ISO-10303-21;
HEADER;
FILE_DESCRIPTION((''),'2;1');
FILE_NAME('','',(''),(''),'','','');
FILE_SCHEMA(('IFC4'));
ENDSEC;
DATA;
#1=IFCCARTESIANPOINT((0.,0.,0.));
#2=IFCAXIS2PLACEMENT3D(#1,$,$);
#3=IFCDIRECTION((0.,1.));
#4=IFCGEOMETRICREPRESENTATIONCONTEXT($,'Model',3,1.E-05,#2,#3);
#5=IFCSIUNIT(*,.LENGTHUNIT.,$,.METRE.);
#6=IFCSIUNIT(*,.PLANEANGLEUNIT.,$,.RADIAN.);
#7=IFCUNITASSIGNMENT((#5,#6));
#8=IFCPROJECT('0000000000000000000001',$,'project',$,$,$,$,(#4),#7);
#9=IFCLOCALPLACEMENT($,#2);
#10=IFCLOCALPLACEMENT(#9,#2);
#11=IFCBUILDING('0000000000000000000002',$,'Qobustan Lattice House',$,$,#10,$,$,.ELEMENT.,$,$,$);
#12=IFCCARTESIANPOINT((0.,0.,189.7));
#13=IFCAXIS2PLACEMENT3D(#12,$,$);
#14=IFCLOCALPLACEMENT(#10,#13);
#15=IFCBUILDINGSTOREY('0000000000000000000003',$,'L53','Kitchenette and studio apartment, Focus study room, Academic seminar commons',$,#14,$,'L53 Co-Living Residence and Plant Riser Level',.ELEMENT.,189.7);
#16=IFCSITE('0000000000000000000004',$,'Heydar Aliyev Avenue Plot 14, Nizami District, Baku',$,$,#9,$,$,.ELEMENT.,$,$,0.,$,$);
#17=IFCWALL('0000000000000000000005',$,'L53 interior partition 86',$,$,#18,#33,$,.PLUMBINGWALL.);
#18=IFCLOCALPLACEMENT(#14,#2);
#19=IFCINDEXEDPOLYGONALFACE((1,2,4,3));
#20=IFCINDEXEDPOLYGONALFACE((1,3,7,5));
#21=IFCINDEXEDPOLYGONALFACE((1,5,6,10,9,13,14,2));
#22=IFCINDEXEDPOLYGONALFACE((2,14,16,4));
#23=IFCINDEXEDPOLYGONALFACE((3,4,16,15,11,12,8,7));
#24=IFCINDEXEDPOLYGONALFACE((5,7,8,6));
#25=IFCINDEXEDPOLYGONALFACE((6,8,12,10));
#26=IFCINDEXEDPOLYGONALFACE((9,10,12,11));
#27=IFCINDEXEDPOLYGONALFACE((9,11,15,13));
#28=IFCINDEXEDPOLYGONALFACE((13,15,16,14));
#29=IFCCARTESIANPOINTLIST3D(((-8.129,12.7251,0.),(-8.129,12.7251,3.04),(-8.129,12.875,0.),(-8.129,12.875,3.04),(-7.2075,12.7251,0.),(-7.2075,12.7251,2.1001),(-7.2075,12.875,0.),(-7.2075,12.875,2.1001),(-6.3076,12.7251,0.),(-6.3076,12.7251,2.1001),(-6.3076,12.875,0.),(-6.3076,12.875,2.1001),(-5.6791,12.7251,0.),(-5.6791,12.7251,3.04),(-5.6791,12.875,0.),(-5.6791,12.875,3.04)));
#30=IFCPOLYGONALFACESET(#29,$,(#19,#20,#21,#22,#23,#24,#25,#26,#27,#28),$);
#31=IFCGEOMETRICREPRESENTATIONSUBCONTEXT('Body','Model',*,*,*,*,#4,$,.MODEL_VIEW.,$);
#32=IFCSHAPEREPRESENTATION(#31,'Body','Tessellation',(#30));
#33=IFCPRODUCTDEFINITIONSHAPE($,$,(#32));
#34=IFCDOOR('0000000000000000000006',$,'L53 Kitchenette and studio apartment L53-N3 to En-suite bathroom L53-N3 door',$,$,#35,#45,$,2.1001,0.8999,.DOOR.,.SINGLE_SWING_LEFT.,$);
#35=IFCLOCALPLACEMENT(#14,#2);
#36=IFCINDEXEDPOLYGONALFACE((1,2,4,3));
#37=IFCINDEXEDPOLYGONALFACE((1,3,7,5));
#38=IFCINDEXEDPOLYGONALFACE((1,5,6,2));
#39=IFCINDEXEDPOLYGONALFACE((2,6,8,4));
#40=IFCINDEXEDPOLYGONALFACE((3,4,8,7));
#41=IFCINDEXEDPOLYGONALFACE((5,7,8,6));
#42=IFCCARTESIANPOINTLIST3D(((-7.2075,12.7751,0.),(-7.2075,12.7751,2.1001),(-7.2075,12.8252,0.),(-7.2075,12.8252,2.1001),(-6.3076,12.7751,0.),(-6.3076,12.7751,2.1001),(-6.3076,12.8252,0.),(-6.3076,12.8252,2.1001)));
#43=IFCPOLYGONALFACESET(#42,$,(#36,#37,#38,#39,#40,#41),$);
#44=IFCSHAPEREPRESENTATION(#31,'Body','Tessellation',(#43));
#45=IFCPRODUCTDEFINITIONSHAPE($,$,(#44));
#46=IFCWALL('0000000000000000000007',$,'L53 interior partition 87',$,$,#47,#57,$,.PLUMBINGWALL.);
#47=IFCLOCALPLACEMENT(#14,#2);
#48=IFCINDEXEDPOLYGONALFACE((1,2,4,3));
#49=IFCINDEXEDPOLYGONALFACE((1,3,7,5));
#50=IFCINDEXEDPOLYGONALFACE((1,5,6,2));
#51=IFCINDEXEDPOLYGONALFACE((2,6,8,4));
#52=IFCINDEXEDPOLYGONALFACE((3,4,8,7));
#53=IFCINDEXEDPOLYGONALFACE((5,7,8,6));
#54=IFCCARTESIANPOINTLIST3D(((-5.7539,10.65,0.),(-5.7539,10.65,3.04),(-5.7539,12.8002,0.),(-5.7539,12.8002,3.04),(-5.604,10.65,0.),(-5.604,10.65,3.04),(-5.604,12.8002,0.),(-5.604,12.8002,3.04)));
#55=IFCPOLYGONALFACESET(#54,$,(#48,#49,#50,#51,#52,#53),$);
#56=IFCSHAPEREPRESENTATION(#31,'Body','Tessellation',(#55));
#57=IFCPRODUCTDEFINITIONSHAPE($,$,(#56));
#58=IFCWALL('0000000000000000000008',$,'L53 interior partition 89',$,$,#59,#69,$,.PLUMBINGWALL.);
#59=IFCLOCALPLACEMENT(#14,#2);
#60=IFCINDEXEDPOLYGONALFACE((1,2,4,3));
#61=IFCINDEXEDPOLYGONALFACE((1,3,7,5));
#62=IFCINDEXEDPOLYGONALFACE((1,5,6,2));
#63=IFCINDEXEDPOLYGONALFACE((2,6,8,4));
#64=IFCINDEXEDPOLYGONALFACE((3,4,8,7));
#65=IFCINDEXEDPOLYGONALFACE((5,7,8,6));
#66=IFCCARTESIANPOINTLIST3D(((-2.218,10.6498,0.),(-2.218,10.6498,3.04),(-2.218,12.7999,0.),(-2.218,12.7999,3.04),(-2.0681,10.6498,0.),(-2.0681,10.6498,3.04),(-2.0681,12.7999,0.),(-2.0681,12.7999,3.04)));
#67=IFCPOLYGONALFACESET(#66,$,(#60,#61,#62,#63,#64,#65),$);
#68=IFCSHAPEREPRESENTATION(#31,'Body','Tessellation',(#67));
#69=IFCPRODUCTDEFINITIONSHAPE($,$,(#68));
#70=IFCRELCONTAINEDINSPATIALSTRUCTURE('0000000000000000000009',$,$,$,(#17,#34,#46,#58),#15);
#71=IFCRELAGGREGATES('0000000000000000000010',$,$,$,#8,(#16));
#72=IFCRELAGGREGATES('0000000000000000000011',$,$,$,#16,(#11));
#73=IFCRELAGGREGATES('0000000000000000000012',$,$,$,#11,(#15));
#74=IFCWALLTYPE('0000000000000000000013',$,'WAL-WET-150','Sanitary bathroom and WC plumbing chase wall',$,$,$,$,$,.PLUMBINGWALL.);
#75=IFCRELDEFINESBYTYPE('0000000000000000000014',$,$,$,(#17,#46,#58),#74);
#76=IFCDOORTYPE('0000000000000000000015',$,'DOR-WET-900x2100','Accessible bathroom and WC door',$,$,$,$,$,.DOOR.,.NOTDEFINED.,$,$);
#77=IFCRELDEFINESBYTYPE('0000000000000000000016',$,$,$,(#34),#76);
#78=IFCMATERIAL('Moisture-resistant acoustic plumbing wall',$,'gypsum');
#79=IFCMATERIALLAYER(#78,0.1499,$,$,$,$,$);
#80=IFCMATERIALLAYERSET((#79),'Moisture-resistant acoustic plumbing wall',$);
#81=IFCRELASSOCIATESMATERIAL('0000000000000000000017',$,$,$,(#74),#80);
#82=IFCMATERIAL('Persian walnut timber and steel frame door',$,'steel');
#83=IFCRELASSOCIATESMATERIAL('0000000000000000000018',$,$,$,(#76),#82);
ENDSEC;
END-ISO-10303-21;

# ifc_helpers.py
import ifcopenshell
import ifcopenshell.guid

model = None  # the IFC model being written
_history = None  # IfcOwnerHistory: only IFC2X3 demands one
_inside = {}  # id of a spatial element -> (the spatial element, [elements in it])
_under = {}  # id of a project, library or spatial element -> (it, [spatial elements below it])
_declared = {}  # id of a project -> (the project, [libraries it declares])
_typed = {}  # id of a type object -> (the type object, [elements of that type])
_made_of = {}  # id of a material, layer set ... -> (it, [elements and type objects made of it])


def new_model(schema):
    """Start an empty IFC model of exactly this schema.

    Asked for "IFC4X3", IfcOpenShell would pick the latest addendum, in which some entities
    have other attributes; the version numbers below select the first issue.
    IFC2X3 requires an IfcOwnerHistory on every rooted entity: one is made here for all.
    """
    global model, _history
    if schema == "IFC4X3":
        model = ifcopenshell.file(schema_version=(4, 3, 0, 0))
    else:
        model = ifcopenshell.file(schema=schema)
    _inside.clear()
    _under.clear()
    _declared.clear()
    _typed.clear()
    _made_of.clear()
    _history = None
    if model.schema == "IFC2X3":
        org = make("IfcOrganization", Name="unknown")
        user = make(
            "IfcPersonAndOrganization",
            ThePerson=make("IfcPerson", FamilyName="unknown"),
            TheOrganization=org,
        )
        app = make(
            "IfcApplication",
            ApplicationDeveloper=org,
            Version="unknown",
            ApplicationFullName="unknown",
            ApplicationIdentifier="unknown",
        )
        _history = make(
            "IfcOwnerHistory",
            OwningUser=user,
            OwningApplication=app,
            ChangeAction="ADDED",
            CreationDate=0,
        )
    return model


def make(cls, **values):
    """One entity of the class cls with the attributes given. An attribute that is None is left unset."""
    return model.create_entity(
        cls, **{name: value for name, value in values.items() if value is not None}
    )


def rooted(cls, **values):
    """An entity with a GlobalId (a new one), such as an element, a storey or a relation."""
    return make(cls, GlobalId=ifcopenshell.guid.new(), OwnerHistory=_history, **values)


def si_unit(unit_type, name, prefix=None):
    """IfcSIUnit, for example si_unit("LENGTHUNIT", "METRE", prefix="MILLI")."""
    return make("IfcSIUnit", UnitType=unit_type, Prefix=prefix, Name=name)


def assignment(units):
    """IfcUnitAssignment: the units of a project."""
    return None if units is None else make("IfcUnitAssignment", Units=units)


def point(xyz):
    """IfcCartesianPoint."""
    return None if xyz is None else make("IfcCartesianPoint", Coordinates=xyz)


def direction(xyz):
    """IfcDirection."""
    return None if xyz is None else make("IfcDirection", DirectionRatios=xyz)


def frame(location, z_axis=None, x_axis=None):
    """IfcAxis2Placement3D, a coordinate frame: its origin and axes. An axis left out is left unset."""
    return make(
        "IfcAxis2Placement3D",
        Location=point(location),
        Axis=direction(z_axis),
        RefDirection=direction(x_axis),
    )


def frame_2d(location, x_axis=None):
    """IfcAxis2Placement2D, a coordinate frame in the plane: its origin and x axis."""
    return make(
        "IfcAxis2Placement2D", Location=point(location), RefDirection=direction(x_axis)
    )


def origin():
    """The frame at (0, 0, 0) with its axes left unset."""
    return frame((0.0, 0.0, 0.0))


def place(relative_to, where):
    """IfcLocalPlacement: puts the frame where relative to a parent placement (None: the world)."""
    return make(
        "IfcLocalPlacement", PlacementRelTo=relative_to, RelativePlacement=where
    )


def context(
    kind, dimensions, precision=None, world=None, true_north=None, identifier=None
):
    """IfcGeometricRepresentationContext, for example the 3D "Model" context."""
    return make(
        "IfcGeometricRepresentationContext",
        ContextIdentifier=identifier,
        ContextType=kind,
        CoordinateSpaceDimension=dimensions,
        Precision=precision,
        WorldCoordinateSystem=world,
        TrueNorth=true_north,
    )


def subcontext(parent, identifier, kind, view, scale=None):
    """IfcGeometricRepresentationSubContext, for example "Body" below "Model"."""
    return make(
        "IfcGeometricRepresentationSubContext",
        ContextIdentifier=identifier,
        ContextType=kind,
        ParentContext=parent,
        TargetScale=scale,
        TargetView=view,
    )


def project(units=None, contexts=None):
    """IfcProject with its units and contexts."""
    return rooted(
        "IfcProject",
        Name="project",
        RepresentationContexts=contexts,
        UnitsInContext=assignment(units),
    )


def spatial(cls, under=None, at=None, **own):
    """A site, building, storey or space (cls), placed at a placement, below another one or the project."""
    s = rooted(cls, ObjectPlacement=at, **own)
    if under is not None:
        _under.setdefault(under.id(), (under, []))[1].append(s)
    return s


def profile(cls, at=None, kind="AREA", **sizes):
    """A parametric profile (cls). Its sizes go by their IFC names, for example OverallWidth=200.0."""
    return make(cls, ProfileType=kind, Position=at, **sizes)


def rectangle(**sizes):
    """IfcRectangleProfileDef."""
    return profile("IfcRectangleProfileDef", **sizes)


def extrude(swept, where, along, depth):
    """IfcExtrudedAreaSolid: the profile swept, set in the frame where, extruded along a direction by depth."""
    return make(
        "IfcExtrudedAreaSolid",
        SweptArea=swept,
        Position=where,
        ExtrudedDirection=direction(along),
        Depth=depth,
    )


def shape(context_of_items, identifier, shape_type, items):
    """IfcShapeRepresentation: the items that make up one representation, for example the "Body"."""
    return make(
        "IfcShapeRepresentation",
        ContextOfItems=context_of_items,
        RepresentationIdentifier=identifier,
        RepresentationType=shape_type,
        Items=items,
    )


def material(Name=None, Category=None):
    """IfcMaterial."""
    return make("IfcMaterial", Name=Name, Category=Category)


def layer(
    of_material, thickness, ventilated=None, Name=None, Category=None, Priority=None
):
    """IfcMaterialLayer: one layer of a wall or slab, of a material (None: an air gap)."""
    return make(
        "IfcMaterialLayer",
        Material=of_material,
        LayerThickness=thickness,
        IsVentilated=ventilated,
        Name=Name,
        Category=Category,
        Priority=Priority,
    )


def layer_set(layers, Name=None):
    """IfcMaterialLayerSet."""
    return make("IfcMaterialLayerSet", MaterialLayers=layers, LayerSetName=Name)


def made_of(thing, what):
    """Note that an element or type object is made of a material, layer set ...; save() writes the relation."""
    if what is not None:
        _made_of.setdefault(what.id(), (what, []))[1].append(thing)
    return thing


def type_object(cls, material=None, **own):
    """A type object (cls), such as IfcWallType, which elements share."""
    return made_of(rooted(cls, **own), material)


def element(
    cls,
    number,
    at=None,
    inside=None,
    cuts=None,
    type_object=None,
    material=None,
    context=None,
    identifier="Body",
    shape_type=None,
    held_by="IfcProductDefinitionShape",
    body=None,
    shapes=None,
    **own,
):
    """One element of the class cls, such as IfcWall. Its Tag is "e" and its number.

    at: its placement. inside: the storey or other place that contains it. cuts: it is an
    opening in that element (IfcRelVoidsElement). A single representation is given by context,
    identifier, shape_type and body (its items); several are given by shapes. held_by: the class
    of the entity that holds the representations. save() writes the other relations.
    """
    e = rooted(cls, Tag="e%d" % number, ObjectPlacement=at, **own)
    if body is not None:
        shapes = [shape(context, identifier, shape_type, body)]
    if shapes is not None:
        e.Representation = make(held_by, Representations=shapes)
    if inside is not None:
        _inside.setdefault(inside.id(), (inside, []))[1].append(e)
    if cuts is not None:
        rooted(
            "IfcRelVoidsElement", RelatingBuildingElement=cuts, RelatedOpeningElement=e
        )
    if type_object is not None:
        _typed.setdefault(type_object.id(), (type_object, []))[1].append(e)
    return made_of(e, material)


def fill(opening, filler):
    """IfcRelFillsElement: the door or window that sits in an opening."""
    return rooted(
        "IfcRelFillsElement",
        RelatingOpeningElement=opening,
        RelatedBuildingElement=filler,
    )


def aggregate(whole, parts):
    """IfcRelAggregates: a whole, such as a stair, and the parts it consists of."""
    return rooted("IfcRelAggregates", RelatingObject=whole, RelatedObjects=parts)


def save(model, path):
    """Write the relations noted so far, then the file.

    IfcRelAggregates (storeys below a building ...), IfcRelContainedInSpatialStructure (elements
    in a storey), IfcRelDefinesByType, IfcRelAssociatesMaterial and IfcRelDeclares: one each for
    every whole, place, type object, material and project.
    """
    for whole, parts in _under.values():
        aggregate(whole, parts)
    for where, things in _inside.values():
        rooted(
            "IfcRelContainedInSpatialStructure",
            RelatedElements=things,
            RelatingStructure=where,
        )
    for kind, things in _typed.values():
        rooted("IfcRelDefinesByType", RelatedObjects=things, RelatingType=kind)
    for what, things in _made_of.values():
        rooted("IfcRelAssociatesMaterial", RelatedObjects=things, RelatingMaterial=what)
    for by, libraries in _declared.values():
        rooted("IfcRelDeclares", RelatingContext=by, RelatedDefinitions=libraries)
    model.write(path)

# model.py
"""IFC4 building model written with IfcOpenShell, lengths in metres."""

from ifc_helpers import new_model, si_unit, direction, frame, frame_2d, origin, place, context, subcontext, project, spatial, rectangle, extrude, material, layer, layer_set, type_object, element, fill, save


model = new_model("IFC4")

# Units and contexts
model_context = context("Model", 3, precision=1e-05, world=origin(), true_north=direction((0.0, 1.0)))
body_context = subcontext(model_context, "Body", "Model", "MODEL_VIEW")
ifc_project = project(units=[si_unit("LENGTHUNIT", "METRE"), si_unit("PLANEANGLEUNIT", "RADIAN")], contexts=[model_context])

# Site, building, storey
site_placement = place(None, origin())
site = spatial("IfcSite", under=ifc_project, at=site_placement, Name="Heydar Aliyev Avenue Plot 14, Nizami District, Baku", CompositionType="ELEMENT", RefElevation=0.0)
building_placement = place(site_placement, origin())
building = spatial("IfcBuilding", under=site, at=building_placement, Name="Qobustan Lattice House", CompositionType="ELEMENT")
storey_placement = place(building_placement, frame((0.0, 0.0, 189.7)))
storey = spatial("IfcBuildingStorey", under=building, at=storey_placement, Name="L53", Description="Kitchenette and studio apartment, Focus study room, Academic seminar commons", LongName="L53 Co-Living Residence and Plant Riser Level", CompositionType="ELEMENT", Elevation=189.7)

# Shared definitions
ifc_material_1 = material(Name="Moisture-resistant acoustic plumbing wall", Category="gypsum")
ifc_layer_1 = layer(ifc_material_1, 0.1499)
ifc_layer_set_1 = layer_set([ifc_layer_1], Name="Moisture-resistant acoustic plumbing wall")
wall_type_1 = type_object("IfcWallType", Name="WAL-WET-150", Description="Sanitary bathroom and WC plumbing chase wall", PredefinedType="PLUMBINGWALL", material=ifc_layer_set_1)

# Wall, opening, door
wall_1_placement = place(storey_placement, frame((-5.679, 12.8, 0.0), z_axis=(0.0, 0.0, 1.0), x_axis=(-1.0, 0.0, 0.0)))
wall_1 = element("IfcWall", 1, at=wall_1_placement, inside=storey, type_object=wall_type_1, Name="L53 interior partition 86", PredefinedType="PLUMBINGWALL", context=body_context, shape_type="SweptSolid", body=[
    extrude(rectangle(XDim=2.45, YDim=0.1499, at=frame_2d((1.2251, 0.0))), origin(), (0.0, 0.0, 1.0), 3.04),
])
opening_placement = place(wall_1_placement, frame((0.6287, 0.0, 0.0)))
opening = element("IfcOpeningElement", 2, at=opening_placement, cuts=wall_1, PredefinedType="OPENING", context=body_context, shape_type="SweptSolid", body=[
    extrude(rectangle(XDim=0.8999, YDim=2.1001, at=frame_2d((0.45, 1.05))), frame((0.0, 0.085, 0.0), z_axis=(0.0, -1.0, 0.0), x_axis=(1.0, 0.0, 0.0)), (0.0, 0.0, 1.0), 0.1699),
])
ifc_material_2 = material(Name="Persian walnut timber and steel frame door", Category="steel")
door_type = type_object("IfcDoorType", Name="DOR-WET-900x2100", Description="Accessible bathroom and WC door", OperationType="NOTDEFINED", PredefinedType="DOOR", material=ifc_material_2)
door_placement = place(opening_placement, origin())
door = element("IfcDoor", 3, at=door_placement, inside=storey, type_object=door_type, Name="L53 Kitchenette and studio apartment L53-N3 to En-suite bathroom L53-N3 door", OperationType="SINGLE_SWING_LEFT", OverallHeight=2.1001, OverallWidth=0.8999, PredefinedType="DOOR", context=body_context, shape_type="SweptSolid", body=[
    extrude(rectangle(XDim=0.8999, YDim=2.1001, at=frame_2d((0.45, 1.05))), frame((0.0, 0.0249, 0.0), z_axis=(0.0, -1.0, 0.0), x_axis=(1.0, 0.0, 0.0)), (0.0, 0.0, 1.0), 0.05),
])
fill(opening, door)

# Walls
for number, where, z_axis, x_axis, name in (
    (4, (-5.679, 10.6499, 0.0), (0.0, 0.0, 1.0), (0.0, 1.0, 0.0), "L53 interior partition 87"),
    (5, (-2.1431, 12.8, 0.0), (0.0, 0.0, 1.0), (0.0, -1.0, 0.0), "L53 interior partition 89"),
):
    element("IfcWall", number, at=place(storey_placement, frame(where, z_axis=z_axis, x_axis=x_axis)), inside=storey, type_object=wall_type_1, Name=name, PredefinedType="PLUMBINGWALL", context=body_context, shape_type="SweptSolid", body=[
        extrude(rectangle(XDim=2.1501, YDim=0.1499, at=frame_2d((1.0752, 0.0))), origin(), (0.0, 0.0, 1.0), 3.04),
    ])

save(model, "model.ifc")
